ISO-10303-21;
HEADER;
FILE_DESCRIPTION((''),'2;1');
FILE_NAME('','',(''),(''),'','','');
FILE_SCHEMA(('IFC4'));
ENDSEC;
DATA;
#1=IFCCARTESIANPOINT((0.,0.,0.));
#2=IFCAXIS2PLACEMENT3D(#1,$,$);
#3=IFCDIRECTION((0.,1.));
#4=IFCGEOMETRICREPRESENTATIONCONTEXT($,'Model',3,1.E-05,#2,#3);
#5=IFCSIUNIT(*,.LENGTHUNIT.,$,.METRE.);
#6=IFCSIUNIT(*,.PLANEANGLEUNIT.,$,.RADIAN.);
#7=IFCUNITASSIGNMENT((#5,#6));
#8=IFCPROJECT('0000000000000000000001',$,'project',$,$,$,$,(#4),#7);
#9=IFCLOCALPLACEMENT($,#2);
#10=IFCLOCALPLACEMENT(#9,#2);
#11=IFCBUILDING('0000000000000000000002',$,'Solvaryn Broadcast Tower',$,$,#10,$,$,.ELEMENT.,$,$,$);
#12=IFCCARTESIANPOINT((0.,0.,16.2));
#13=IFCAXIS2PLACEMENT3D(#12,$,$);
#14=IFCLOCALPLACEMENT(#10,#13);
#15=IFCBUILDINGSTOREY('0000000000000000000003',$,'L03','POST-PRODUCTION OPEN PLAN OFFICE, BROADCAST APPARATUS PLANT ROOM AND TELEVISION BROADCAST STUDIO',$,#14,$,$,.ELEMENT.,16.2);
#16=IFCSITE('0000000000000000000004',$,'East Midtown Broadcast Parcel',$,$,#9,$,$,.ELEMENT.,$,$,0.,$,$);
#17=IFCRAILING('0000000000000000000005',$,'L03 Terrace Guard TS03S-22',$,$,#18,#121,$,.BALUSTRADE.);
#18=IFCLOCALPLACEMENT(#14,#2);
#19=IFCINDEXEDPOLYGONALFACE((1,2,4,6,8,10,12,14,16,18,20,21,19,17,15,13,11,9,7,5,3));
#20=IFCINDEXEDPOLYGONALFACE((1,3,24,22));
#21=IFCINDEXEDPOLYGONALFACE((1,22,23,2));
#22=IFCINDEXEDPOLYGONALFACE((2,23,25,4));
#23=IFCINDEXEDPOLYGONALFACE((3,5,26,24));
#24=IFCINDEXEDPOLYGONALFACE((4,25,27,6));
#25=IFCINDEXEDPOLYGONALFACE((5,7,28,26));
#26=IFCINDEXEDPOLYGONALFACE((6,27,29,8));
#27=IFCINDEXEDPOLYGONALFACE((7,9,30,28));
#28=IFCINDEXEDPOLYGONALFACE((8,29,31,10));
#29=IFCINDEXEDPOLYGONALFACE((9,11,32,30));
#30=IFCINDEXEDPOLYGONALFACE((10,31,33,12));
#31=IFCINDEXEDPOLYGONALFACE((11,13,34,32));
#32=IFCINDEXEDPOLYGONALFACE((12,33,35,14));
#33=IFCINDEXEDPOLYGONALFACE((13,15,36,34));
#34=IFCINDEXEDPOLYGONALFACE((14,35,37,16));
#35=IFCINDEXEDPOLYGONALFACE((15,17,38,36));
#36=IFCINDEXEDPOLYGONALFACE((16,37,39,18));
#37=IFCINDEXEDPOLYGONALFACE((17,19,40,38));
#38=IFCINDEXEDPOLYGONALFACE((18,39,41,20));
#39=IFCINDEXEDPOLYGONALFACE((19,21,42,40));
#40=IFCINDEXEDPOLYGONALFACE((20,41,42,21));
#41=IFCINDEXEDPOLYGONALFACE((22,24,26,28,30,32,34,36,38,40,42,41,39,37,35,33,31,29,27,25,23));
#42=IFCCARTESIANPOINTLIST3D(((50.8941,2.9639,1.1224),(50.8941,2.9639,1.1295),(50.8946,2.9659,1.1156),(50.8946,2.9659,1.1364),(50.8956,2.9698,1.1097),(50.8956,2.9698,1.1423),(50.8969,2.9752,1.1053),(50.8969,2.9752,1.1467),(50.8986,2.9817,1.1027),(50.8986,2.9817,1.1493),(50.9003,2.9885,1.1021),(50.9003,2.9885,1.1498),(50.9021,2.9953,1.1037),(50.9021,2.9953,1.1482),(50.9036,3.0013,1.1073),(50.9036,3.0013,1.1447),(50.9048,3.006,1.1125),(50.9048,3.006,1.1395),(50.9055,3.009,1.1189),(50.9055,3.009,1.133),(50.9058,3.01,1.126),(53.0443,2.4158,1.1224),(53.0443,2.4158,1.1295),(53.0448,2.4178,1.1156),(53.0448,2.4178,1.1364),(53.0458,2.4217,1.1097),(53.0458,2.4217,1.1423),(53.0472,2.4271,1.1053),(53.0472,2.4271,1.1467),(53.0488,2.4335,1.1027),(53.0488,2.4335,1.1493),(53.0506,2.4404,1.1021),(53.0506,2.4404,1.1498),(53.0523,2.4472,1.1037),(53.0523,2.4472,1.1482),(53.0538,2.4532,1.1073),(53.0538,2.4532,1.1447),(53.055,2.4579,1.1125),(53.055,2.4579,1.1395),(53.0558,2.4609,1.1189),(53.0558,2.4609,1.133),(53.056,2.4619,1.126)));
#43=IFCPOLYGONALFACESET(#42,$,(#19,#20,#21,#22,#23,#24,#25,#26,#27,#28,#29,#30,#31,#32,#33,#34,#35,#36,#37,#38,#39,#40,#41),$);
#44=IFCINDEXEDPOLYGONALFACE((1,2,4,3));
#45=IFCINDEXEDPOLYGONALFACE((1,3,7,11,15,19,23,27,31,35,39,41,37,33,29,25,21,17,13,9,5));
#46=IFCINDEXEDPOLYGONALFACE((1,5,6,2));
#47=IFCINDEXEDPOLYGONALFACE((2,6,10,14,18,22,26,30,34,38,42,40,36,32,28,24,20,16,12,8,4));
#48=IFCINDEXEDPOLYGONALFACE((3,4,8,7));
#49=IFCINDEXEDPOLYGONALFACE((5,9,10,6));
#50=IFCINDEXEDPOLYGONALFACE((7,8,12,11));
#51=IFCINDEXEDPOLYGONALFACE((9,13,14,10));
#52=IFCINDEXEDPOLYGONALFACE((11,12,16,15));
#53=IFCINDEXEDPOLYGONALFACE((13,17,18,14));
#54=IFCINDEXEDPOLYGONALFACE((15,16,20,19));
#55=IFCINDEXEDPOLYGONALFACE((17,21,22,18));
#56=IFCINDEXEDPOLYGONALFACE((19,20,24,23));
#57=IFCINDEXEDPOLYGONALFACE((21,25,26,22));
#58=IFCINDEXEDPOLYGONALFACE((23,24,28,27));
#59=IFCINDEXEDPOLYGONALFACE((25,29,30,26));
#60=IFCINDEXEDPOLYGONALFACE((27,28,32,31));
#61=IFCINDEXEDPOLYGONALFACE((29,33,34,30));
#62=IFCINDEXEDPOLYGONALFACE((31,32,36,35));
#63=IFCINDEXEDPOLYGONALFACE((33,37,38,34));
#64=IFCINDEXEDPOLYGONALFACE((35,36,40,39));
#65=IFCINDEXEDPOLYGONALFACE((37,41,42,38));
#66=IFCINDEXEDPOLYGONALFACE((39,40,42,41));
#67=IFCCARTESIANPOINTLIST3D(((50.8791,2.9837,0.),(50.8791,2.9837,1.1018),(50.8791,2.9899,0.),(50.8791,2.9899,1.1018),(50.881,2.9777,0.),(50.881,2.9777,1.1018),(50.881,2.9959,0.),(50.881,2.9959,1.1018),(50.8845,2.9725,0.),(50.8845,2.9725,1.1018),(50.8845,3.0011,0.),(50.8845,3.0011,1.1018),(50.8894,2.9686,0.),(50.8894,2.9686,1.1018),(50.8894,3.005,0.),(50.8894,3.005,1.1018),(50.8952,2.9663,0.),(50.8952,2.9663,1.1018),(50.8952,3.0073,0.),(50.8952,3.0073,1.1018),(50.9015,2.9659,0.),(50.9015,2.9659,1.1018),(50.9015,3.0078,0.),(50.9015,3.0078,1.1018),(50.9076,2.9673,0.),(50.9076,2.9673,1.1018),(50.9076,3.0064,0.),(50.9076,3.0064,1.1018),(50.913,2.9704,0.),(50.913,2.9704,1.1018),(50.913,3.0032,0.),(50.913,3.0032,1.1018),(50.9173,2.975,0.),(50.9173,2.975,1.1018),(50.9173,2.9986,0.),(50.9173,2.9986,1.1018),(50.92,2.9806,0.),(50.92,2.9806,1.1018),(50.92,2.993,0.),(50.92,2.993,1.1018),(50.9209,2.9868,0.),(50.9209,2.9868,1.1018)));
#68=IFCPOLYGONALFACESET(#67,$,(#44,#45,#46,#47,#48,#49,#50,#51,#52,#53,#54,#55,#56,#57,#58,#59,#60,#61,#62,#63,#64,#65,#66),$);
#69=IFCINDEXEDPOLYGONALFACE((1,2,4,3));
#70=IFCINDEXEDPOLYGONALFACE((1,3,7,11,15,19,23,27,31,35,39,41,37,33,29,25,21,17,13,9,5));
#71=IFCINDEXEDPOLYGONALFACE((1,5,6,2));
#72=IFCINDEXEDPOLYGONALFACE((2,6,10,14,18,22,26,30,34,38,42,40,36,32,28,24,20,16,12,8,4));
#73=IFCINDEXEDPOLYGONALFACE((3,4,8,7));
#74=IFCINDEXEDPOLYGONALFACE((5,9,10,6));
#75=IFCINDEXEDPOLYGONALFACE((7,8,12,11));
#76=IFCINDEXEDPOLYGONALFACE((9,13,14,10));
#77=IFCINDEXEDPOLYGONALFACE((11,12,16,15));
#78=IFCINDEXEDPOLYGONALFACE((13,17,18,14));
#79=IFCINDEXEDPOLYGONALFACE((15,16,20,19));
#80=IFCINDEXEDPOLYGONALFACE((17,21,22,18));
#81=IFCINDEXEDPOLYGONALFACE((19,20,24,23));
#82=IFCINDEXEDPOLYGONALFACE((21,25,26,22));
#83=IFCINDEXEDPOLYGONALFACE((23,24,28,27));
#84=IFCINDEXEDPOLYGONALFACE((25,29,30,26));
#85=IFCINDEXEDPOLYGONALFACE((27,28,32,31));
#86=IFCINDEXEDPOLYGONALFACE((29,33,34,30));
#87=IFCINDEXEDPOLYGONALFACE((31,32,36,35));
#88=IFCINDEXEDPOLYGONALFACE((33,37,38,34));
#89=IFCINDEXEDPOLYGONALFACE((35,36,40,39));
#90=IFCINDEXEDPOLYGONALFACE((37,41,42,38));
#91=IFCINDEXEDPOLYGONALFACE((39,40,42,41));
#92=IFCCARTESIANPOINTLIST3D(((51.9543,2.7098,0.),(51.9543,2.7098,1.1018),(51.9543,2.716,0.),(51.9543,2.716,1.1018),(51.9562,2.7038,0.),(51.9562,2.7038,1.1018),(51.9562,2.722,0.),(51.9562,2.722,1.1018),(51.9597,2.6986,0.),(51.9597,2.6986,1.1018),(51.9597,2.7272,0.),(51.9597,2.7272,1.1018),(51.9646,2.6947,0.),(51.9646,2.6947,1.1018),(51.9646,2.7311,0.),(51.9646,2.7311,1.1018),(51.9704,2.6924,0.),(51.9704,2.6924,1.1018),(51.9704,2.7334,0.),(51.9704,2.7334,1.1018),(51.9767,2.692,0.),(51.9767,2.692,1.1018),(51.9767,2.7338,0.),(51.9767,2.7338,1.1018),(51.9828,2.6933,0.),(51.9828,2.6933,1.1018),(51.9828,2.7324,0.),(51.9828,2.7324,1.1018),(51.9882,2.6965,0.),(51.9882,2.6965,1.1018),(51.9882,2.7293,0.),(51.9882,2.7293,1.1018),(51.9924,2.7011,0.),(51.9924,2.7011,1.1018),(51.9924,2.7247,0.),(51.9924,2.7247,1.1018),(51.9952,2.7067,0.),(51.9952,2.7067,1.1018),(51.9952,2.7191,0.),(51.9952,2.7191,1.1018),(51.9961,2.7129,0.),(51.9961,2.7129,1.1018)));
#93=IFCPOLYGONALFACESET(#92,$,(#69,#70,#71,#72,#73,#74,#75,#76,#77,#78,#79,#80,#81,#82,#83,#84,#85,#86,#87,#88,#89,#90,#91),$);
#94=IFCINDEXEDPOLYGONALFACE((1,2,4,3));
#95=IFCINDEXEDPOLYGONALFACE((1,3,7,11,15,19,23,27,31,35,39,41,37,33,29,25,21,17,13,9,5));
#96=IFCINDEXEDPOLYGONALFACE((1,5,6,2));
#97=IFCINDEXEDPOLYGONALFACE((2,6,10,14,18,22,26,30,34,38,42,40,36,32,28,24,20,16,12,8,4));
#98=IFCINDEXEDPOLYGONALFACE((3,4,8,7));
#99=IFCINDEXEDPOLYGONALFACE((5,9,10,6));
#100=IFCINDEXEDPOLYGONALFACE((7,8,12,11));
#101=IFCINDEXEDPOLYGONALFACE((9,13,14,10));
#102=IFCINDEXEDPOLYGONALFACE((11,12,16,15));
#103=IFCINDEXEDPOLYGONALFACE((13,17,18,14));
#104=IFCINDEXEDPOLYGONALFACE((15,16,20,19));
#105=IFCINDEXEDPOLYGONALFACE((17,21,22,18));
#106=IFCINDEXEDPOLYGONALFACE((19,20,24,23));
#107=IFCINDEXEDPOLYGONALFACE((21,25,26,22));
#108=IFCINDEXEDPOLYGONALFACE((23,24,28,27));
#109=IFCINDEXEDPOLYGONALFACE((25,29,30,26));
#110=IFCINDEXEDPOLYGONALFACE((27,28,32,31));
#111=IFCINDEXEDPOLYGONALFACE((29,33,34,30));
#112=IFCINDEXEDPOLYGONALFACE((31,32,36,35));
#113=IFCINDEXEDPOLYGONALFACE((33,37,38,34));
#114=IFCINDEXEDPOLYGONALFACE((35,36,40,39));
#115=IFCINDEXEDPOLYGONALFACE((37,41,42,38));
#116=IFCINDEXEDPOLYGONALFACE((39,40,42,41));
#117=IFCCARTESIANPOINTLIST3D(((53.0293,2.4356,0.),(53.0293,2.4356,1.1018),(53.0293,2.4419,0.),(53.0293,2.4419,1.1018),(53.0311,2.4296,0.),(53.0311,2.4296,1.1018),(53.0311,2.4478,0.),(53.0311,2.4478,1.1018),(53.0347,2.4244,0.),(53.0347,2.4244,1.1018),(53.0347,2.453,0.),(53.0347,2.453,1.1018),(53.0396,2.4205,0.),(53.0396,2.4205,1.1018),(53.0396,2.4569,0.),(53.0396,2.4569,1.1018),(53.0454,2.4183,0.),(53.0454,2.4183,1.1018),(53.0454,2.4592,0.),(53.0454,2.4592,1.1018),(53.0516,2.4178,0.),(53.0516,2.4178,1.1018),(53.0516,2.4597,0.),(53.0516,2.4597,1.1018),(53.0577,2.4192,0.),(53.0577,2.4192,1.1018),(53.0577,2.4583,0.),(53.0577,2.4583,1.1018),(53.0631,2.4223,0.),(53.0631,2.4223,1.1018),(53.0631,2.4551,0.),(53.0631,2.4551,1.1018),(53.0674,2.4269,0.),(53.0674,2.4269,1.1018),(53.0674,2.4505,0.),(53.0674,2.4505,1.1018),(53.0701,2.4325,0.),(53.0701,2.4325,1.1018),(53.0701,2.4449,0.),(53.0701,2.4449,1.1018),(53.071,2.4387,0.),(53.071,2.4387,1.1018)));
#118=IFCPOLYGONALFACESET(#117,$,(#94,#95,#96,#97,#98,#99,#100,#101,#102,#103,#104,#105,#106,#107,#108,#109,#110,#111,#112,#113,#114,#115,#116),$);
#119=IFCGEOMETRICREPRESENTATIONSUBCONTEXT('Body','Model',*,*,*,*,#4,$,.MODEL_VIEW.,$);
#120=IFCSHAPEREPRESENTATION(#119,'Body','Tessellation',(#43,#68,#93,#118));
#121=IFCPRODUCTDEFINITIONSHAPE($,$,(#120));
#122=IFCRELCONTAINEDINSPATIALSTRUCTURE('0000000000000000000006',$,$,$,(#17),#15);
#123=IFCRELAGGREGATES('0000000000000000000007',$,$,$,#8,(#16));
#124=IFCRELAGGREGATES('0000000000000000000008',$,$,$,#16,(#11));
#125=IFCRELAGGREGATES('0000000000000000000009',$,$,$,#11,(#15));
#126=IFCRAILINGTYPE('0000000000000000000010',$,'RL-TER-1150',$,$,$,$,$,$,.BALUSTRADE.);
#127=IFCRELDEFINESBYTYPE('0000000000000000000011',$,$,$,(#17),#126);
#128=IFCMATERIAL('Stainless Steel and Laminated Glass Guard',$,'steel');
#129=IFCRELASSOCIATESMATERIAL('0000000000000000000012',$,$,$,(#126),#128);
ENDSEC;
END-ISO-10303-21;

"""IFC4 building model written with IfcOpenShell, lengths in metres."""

from ifc_helpers import new_model, si_unit, direction, frame, origin, origin_2d, place, context, subcontext, project, spatial, circle, extrude, material, type_object, element, save


model = new_model("IFC4")

# Units and contexts
model_context = context("Model", 3, precision=1e-05, world=origin(), true_north=direction((0.0, 1.0)))
body_context = subcontext(model_context, "Body", "Model", "MODEL_VIEW")
ifc_project = project(units=[si_unit("LENGTHUNIT", "METRE"), si_unit("PLANEANGLEUNIT", "RADIAN")], contexts=[model_context])

# Site, building, storey
site_placement = place(None, origin())
site = spatial("IfcSite", under=ifc_project, at=site_placement, Name="East Midtown Broadcast Parcel", CompositionType="ELEMENT", RefElevation=0.0)
building_placement = place(site_placement, origin())
building = spatial("IfcBuilding", under=site, at=building_placement, Name="Solvaryn Broadcast Tower", CompositionType="ELEMENT")
storey_placement = place(building_placement, frame((0.0, 0.0, 16.2)))
storey = spatial("IfcBuildingStorey", under=building, at=storey_placement, Name="L03", Description="POST-PRODUCTION OPEN PLAN OFFICE, BROADCAST APPARATUS PLANT ROOM AND TELEVISION BROADCAST STUDIO", CompositionType="ELEMENT", Elevation=16.2)

# Railing
ifc_material_1 = material(Name="Stainless Steel and Laminated Glass Guard", Category="steel")
railing_type = type_object("IfcRailingType", Name="RL-TER-1150", PredefinedType="BALUSTRADE", material=ifc_material_1)
railing_1_placement = place(storey_placement, frame((50.8999, 2.9868, 0.0)))
element("IfcRailing", 1, at=railing_1_placement, inside=storey, type_object=railing_type, Name="L03 Terrace Guard TS03S-22", PredefinedType="BALUSTRADE", context=body_context, shape_type="SweptSolid", body=[
    extrude(circle(Radius=0.0239, at=origin_2d()), frame((0.0, 0.0, 1.126), z_axis=(0.969012, -0.247012, 0.0), x_axis=(0.247012, 0.969012, 0.0)), (0.0, 0.0, 1.0), 2.219),
    extrude(circle(Radius=0.021, at=origin_2d()), origin(), (0.0, 0.0, 1.0), 1.1018),
    extrude(circle(Radius=0.021, at=origin_2d()), frame((1.0752, -0.2739, 0.0)), (0.0, 0.0, 1.0), 1.1018),
    extrude(circle(Radius=0.021, at=origin_2d()), frame((2.1501, -0.5481, 0.0)), (0.0, 0.0, 1.0), 1.1018),
])

save(model, "model.ifc")
